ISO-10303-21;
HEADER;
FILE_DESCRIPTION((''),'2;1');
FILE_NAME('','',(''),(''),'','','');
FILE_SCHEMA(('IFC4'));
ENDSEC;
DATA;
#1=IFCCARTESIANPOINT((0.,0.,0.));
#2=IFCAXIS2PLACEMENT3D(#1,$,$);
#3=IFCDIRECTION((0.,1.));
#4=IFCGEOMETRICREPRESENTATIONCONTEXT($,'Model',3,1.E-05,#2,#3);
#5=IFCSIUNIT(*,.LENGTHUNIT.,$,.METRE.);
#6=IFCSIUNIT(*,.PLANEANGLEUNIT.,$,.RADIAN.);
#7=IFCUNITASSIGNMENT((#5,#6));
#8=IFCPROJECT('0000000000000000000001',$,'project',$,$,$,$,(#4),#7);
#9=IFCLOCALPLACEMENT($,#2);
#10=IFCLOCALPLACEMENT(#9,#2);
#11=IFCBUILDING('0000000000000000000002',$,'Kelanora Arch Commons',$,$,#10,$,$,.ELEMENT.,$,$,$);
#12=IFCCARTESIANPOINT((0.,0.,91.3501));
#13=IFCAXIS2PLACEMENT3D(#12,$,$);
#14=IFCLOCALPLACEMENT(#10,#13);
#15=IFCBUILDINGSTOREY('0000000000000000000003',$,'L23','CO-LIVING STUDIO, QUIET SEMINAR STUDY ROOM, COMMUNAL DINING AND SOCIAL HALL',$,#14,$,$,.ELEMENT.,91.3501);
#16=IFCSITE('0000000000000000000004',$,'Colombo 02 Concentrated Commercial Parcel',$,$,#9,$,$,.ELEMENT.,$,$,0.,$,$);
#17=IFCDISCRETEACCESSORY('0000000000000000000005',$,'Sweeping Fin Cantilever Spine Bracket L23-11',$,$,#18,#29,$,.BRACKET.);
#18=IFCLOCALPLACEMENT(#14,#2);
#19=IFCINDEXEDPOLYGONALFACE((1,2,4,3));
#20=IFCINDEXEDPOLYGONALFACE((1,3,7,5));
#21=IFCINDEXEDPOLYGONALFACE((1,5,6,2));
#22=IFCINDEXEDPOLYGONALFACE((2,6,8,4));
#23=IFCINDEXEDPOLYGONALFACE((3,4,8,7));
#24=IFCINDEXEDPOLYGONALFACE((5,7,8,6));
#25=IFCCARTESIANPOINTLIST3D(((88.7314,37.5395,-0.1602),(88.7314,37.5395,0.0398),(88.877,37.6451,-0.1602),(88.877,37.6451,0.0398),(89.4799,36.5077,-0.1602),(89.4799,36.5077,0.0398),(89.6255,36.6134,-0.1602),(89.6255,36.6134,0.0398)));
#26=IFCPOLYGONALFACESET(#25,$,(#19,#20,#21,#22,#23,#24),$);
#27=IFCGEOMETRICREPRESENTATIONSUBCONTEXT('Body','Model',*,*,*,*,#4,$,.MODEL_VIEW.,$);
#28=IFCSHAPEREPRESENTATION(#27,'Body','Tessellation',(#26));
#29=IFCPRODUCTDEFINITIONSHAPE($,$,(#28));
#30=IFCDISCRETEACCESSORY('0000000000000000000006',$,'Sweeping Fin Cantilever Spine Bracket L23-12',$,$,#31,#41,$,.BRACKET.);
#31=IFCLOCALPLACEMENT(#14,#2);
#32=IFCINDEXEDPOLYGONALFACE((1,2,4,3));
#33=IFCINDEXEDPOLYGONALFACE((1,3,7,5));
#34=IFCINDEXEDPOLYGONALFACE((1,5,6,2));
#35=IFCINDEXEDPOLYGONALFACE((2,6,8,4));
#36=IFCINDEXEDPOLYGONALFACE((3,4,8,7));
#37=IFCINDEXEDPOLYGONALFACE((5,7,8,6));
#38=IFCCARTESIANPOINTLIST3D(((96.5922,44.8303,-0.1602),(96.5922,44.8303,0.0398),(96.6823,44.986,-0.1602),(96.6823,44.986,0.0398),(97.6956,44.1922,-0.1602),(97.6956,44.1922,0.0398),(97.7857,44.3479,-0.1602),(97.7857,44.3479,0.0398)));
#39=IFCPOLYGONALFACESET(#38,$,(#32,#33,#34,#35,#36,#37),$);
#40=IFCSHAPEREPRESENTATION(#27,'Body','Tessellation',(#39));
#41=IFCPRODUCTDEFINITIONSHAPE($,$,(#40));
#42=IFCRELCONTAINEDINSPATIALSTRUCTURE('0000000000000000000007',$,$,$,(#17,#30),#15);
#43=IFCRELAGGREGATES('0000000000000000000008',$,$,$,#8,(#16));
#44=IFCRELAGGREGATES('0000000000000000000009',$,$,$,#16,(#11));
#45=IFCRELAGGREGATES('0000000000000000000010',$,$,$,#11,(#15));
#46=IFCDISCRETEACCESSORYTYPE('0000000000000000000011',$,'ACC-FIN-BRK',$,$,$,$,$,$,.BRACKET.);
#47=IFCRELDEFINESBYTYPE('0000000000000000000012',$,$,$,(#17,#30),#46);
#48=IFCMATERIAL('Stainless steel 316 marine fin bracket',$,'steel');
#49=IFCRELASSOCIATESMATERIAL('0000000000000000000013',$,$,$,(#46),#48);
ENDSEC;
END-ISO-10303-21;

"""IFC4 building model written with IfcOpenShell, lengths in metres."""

from ifc_helpers import new_model, si_unit, direction, frame, origin, origin_2d, place, context, subcontext, project, spatial, rectangle, extrude, source, transform, mapped, material, type_object, element, save


model = new_model("IFC4")

# Units and contexts
model_context = context("Model", 3, precision=1e-05, world=origin(), true_north=direction((0.0, 1.0)))
body_context = subcontext(model_context, "Body", "Model", "MODEL_VIEW")
ifc_project = project(units=[si_unit("LENGTHUNIT", "METRE"), si_unit("PLANEANGLEUNIT", "RADIAN")], contexts=[model_context])

# Site, building, storey
site_placement = place(None, origin())
site = spatial("IfcSite", under=ifc_project, at=site_placement, Name="Colombo 02 Concentrated Commercial Parcel", CompositionType="ELEMENT", RefElevation=0.0)
building_placement = place(site_placement, origin())
building = spatial("IfcBuilding", under=site, at=building_placement, Name="Kelanora Arch Commons", CompositionType="ELEMENT")
storey_placement = place(building_placement, frame((0.0, 0.0, 91.3501)))
storey = spatial("IfcBuildingStorey", under=building, at=storey_placement, Name="L23", Description="CO-LIVING STUDIO, QUIET SEMINAR STUDY ROOM, COMMUNAL DINING AND SOCIAL HALL", CompositionType="ELEMENT", Elevation=91.3501)

# Discrete accessories
ifc_material_1 = material(Name="Stainless steel 316 marine fin bracket", Category="steel")
discrete_accessory_type = type_object("IfcDiscreteAccessoryType", Name="ACC-FIN-BRK", PredefinedType="BRACKET", material=ifc_material_1)
shared_shape_1 = source(origin(), body_context, "Body", "SweptSolid", [
    extrude(rectangle(XDim=1.2747, YDim=0.1799, at=origin_2d()), origin(), (0.0, 0.0, 1.0), 0.2),
])
for number, where, z_axis, x_axis, name in (
    (1, (89.1785, 37.0764, -0.1602), (0.0, 0.0, 1.0), (0.58722, -0.809427, 0.0), "Sweeping Fin Cantilever Spine Bracket L23-11"),
    (2, (97.189, 44.5891, -0.1602), (0.0, 0.0, 1.0), (0.865676, -0.500604, 0.0), "Sweeping Fin Cantilever Spine Bracket L23-12"),
):
    element("IfcDiscreteAccessory", number, at=place(storey_placement, frame(where, z_axis=z_axis, x_axis=x_axis)), inside=storey, type_object=discrete_accessory_type, Name=name, PredefinedType="BRACKET", context=body_context, shape_type="MappedRepresentation", body=[
        mapped(shared_shape_1, transform((0.0, 0.0, 0.0), scale=1.0)),
    ])

save(model, "model.ifc")
